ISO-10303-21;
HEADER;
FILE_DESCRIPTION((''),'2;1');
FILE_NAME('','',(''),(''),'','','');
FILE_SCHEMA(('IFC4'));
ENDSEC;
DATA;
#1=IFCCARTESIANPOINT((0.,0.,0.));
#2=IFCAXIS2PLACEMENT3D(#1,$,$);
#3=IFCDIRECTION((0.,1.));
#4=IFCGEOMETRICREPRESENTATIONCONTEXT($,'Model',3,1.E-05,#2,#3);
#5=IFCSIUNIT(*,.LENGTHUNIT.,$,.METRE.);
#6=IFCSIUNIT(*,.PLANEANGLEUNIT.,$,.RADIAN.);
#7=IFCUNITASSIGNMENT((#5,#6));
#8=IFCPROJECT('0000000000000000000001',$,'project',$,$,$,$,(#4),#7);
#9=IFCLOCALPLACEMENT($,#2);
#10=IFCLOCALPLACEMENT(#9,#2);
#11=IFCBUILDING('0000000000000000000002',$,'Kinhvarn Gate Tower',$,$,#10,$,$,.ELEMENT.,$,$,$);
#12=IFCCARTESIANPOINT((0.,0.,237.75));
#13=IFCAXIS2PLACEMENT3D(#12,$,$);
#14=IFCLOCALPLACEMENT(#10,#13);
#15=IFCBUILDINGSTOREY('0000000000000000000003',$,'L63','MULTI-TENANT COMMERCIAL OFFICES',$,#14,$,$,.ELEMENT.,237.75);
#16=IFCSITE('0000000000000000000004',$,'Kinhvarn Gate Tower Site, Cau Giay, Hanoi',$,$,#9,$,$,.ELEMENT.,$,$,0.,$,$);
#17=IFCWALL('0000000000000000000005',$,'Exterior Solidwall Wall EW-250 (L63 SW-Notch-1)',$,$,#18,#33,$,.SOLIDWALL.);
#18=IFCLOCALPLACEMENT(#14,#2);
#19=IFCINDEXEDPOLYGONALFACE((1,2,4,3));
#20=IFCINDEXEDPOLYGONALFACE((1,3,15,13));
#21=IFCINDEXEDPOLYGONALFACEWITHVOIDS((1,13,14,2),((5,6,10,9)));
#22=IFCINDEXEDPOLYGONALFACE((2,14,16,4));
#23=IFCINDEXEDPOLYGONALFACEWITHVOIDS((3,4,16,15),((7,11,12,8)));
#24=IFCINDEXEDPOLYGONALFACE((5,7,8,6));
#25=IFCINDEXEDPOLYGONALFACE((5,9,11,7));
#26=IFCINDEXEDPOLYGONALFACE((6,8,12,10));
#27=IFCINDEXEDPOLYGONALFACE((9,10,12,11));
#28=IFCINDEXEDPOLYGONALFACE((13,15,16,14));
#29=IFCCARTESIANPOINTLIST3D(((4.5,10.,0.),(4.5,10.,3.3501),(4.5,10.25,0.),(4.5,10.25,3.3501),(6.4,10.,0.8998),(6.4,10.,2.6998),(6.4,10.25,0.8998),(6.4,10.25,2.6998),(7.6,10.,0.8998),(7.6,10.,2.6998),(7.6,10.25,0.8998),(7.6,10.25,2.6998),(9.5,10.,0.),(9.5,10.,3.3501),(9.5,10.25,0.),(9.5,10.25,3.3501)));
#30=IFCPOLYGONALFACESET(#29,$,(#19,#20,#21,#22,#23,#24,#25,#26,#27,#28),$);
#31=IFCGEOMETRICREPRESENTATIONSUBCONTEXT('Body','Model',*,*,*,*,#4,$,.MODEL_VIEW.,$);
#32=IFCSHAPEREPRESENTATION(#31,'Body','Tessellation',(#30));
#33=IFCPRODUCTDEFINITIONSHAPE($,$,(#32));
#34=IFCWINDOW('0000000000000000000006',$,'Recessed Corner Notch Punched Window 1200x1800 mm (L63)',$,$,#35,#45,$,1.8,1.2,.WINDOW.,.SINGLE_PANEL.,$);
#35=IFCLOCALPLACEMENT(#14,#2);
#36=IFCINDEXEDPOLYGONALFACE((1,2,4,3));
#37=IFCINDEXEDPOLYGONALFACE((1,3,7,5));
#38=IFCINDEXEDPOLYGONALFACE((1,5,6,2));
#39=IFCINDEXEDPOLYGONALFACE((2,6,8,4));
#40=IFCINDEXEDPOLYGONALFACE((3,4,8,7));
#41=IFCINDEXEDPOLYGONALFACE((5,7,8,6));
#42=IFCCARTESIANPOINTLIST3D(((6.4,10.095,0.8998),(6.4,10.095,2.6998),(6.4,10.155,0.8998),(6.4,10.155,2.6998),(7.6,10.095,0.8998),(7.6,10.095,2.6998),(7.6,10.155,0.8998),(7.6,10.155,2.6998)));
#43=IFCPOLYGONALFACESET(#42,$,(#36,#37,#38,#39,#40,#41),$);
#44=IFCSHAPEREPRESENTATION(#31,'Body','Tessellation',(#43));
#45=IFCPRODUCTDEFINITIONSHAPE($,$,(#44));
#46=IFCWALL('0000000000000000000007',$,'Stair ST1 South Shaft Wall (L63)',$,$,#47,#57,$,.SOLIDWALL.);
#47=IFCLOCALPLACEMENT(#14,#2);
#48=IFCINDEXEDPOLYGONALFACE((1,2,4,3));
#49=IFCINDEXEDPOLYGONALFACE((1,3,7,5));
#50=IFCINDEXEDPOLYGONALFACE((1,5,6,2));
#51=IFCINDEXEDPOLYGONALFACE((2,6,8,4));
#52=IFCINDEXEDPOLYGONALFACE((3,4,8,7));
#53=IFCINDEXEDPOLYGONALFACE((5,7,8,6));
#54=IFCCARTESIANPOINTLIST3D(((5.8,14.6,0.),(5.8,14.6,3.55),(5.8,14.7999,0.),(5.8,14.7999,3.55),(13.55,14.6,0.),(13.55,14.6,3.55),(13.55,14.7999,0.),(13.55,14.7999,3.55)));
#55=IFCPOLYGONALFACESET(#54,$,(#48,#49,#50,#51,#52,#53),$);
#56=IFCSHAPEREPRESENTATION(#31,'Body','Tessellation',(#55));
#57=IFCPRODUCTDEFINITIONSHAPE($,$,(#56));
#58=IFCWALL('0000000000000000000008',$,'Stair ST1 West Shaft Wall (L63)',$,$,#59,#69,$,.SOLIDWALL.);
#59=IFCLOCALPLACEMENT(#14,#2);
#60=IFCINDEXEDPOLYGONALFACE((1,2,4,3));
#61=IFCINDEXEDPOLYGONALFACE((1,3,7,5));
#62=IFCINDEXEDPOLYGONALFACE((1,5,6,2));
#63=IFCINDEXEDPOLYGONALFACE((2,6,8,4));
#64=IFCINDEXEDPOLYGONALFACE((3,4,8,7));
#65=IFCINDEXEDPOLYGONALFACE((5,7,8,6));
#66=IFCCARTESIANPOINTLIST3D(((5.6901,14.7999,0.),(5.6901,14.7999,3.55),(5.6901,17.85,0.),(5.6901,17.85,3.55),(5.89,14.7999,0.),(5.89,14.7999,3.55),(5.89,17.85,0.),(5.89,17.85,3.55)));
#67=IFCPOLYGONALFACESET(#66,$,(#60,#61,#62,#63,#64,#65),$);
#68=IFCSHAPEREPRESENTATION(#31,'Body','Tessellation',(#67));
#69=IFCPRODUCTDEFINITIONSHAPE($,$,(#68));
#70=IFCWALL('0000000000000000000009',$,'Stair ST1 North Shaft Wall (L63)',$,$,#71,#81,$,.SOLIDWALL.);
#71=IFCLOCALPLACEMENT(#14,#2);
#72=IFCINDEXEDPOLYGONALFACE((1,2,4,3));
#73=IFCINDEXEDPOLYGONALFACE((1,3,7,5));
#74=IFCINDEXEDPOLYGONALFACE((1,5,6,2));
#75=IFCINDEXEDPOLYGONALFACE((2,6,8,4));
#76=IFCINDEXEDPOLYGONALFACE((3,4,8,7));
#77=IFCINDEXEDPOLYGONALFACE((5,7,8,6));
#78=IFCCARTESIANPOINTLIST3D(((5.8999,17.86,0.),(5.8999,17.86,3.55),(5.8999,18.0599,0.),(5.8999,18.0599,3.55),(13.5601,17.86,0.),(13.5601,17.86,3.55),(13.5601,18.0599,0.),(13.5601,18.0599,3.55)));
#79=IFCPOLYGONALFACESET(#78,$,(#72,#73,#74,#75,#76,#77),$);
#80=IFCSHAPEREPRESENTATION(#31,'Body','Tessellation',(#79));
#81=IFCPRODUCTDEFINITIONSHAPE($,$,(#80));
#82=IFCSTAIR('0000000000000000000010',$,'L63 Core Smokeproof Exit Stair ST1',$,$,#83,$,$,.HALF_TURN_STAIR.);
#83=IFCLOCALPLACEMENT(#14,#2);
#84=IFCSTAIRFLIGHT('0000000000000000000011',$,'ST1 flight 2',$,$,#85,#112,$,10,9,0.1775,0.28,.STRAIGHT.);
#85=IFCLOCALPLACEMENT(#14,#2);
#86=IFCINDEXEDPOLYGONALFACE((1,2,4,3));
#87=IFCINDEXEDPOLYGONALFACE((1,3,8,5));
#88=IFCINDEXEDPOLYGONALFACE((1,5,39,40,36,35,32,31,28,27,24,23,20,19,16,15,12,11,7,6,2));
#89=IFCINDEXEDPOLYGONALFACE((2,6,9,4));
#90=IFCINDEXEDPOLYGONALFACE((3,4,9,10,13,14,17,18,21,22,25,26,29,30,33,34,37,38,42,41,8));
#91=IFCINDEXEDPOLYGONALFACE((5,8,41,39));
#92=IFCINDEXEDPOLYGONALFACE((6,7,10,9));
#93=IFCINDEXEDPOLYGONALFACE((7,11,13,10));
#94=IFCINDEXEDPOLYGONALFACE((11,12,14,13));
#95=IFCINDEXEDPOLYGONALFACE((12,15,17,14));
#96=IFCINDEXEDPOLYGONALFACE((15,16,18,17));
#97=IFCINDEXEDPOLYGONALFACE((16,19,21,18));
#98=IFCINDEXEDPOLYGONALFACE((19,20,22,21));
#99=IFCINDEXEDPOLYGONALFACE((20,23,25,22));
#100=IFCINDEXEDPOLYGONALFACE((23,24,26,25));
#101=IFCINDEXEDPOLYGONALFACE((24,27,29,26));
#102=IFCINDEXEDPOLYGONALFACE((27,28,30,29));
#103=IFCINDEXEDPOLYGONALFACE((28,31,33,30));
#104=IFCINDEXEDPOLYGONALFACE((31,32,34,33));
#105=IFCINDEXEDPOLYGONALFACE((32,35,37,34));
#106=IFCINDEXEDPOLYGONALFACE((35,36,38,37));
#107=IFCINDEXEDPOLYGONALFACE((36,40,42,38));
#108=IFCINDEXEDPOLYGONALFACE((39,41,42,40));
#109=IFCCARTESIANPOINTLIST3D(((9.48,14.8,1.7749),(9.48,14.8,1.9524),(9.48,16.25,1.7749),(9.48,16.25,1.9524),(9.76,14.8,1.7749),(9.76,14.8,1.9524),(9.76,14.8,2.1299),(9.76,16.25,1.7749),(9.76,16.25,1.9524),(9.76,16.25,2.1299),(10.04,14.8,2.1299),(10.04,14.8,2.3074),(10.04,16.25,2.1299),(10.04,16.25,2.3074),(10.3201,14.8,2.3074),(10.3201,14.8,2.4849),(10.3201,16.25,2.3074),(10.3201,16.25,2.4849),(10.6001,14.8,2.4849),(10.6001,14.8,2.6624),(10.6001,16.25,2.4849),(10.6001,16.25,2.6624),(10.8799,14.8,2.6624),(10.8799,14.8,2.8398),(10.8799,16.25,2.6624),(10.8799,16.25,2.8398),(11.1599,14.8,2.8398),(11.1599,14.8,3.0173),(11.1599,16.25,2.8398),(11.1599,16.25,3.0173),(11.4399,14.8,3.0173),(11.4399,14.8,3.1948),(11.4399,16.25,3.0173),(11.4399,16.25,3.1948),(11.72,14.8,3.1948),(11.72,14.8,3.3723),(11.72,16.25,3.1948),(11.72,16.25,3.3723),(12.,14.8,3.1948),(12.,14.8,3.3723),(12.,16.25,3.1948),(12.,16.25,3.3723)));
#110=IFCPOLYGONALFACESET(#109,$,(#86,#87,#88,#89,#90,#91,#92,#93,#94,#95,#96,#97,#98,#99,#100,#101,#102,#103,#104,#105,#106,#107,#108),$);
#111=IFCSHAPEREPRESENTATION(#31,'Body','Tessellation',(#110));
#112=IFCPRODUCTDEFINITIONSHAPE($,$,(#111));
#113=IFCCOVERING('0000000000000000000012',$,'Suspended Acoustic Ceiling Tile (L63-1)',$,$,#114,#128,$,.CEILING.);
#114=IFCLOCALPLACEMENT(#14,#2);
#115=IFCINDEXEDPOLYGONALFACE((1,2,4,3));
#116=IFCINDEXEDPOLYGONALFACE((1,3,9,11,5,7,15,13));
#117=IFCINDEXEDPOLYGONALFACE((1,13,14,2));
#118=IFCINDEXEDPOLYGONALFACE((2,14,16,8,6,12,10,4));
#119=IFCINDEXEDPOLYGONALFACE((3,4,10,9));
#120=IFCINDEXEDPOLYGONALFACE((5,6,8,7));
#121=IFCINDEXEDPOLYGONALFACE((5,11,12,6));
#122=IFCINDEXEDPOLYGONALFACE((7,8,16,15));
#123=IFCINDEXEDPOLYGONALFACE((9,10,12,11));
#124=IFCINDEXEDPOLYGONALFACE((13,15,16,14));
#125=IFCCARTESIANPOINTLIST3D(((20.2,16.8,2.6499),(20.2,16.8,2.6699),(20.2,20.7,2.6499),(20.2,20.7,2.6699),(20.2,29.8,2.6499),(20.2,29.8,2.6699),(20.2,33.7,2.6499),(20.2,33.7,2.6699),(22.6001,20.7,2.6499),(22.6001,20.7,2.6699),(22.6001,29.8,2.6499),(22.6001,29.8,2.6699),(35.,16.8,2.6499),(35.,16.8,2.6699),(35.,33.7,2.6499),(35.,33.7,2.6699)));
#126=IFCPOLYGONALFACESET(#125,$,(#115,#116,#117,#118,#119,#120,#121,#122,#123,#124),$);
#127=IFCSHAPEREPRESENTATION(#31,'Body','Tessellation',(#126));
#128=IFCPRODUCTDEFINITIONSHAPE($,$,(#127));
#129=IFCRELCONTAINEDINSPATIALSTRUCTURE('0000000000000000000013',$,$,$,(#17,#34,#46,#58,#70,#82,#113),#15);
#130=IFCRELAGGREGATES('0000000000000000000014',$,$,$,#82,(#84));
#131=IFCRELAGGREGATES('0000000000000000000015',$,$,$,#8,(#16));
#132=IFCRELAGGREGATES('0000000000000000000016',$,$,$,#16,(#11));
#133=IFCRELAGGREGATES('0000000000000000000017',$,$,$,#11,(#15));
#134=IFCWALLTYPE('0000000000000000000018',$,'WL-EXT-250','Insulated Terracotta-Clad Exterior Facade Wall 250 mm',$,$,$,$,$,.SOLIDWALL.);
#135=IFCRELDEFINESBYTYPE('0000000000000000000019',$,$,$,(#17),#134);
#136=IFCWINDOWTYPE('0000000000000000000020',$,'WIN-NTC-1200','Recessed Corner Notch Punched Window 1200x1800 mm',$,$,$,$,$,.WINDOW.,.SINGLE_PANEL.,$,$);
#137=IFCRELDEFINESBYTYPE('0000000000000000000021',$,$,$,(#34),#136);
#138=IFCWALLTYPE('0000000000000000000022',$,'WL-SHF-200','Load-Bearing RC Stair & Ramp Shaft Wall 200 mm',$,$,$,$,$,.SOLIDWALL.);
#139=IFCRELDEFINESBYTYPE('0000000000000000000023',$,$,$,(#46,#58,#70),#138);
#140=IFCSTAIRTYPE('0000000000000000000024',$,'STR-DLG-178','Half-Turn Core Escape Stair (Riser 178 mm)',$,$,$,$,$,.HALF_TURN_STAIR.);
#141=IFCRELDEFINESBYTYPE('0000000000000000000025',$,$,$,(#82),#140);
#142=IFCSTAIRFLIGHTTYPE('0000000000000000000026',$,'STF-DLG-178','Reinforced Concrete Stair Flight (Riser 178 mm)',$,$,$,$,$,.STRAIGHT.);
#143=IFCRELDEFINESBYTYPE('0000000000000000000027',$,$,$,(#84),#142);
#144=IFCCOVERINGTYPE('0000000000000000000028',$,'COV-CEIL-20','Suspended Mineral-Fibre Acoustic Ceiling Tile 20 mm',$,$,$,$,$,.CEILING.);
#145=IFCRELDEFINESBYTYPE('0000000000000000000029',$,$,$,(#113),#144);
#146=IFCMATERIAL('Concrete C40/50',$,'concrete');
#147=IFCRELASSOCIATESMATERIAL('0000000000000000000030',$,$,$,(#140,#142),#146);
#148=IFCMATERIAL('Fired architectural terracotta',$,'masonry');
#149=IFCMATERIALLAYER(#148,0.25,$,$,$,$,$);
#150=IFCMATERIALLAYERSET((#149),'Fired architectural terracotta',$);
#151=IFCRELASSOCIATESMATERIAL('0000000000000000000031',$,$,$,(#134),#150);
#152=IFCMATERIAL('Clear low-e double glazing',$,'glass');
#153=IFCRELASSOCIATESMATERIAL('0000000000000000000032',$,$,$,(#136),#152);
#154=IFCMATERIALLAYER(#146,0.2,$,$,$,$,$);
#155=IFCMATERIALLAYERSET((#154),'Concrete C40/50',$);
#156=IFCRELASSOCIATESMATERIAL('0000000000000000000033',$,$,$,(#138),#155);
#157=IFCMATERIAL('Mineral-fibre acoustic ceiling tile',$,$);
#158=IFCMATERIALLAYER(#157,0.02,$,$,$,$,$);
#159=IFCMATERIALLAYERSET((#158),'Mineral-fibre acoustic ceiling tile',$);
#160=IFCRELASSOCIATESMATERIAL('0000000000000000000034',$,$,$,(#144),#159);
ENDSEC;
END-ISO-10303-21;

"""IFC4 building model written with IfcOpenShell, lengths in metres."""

from ifc_helpers import new_model, si_unit, direction, frame, frame_2d, origin, place, context, subcontext, project, spatial, polyline, rectangle, outline, extrude, material, layer, layer_set, type_object, element, fill, aggregate, save


model = new_model("IFC4")

# Units and contexts
model_context = context("Model", 3, precision=1e-05, world=origin(), true_north=direction((0.0, 1.0)))
body_context = subcontext(model_context, "Body", "Model", "MODEL_VIEW")
ifc_project = project(units=[si_unit("LENGTHUNIT", "METRE"), si_unit("PLANEANGLEUNIT", "RADIAN")], contexts=[model_context])

# Site, building, storey
site_placement = place(None, origin())
site = spatial("IfcSite", under=ifc_project, at=site_placement, Name="Kinhvarn Gate Tower Site, Cau Giay, Hanoi", CompositionType="ELEMENT", RefElevation=0.0)
building_placement = place(site_placement, origin())
building = spatial("IfcBuilding", under=site, at=building_placement, Name="Kinhvarn Gate Tower", CompositionType="ELEMENT")
storey_placement = place(building_placement, frame((0.0, 0.0, 237.75)))
storey = spatial("IfcBuildingStorey", under=building, at=storey_placement, Name="L63", Description="MULTI-TENANT COMMERCIAL OFFICES", CompositionType="ELEMENT", Elevation=237.75)

# Shared definitions
ifc_material_1 = material(Name="Concrete C40/50", Category="concrete")
stair_type = type_object("IfcStairType", Name="STR-DLG-178", Description="Half-Turn Core Escape Stair (Riser 178 mm)", PredefinedType="HALF_TURN_STAIR", material=ifc_material_1)

# Wall, opening, window
ifc_material_2 = material(Name="Fired architectural terracotta", Category="masonry")
ifc_layer_1 = layer(ifc_material_2, 0.25)
ifc_layer_set_1 = layer_set([ifc_layer_1], Name="Fired architectural terracotta")
wall_type_1 = type_object("IfcWallType", Name="WL-EXT-250", Description="Insulated Terracotta-Clad Exterior Facade Wall 250 mm", PredefinedType="SOLIDWALL", material=ifc_layer_set_1)
ifc_material_3 = material(Name="Clear low-e double glazing", Category="glass")
wall_1_placement = place(storey_placement, frame((4.5, 10.125, 0.0), z_axis=(0.0, 0.0, 1.0), x_axis=(1.0, 0.0, 0.0)))
wall_1 = element("IfcWall", 1, at=wall_1_placement, inside=storey, type_object=wall_type_1, Name="Exterior Solidwall Wall EW-250 (L63 SW-Notch-1)", PredefinedType="SOLIDWALL", context=body_context, shape_type="SweptSolid", body=[
    extrude(rectangle(XDim=5.0, YDim=0.25, at=frame_2d((2.5, 0.0))), origin(), (0.0, 0.0, 1.0), 3.3501),
])
opening_1_placement = place(wall_1_placement, frame((1.8999, 0.0, 0.8999)))
opening_1 = element("IfcOpeningElement", 2, at=opening_1_placement, cuts=wall_1, PredefinedType="OPENING", context=body_context, shape_type="SweptSolid", body=[
    extrude(rectangle(XDim=1.2, YDim=1.8, at=frame_2d((0.6001, 0.8999))), frame((0.0, 0.135, 0.0), z_axis=(0.0, -1.0, 0.0), x_axis=(1.0, 0.0, 0.0)), (0.0, 0.0, 1.0), 0.27),
])
window_type_1 = type_object("IfcWindowType", Name="WIN-NTC-1200", Description="Recessed Corner Notch Punched Window 1200x1800 mm", PartitioningType="SINGLE_PANEL", PredefinedType="WINDOW", material=ifc_material_3)
window_1_placement = place(opening_1_placement, origin())
window_1 = element("IfcWindow", 3, at=window_1_placement, inside=storey, type_object=window_type_1, Name="Recessed Corner Notch Punched Window 1200x1800 mm (L63)", OverallHeight=1.8, OverallWidth=1.2, PartitioningType="SINGLE_PANEL", PredefinedType="WINDOW", context=body_context, shape_type="SweptSolid", body=[
    extrude(rectangle(XDim=1.2, YDim=1.8, at=frame_2d((0.6001, 0.8999))), frame((0.0, 0.03, 0.0), z_axis=(0.0, -1.0, 0.0), x_axis=(1.0, 0.0, 0.0)), (0.0, 0.0, 1.0), 0.0601),
])
fill(opening_1, window_1)

# Walls
ifc_layer_2 = layer(ifc_material_1, 0.2)
ifc_layer_set_2 = layer_set([ifc_layer_2], Name="Concrete C40/50")
wall_type_2 = type_object("IfcWallType", Name="WL-SHF-200", Description="Load-Bearing RC Stair & Ramp Shaft Wall 200 mm", PredefinedType="SOLIDWALL", material=ifc_layer_set_2)
wall_2_placement = place(storey_placement, frame((5.8, 14.7, 0.0), z_axis=(0.0, 0.0, 1.0), x_axis=(1.0, 0.0, 0.0)))
element("IfcWall", 4, at=wall_2_placement, inside=storey, type_object=wall_type_2, Name="Stair ST1 South Shaft Wall (L63)", PredefinedType="SOLIDWALL", context=body_context, shape_type="SweptSolid", body=[
    extrude(rectangle(XDim=7.75, YDim=0.2, at=frame_2d((3.875, 0.0))), origin(), (0.0, 0.0, 1.0), 3.55),
])
wall_3_placement = place(storey_placement, frame((5.79, 14.8, 0.0), z_axis=(0.0, 0.0, 1.0), x_axis=(0.0, 1.0, 0.0)))
element("IfcWall", 5, at=wall_3_placement, inside=storey, type_object=wall_type_2, Name="Stair ST1 West Shaft Wall (L63)", PredefinedType="SOLIDWALL", context=body_context, shape_type="SweptSolid", body=[
    extrude(rectangle(XDim=3.05, YDim=0.2, at=frame_2d((1.5249, 0.0))), origin(), (0.0, 0.0, 1.0), 3.55),
])
wall_4_placement = place(storey_placement, frame((5.8999, 17.96, 0.0), z_axis=(0.0, 0.0, 1.0), x_axis=(1.0, 0.0, 0.0)))
element("IfcWall", 6, at=wall_4_placement, inside=storey, type_object=wall_type_2, Name="Stair ST1 North Shaft Wall (L63)", PredefinedType="SOLIDWALL", context=body_context, shape_type="SweptSolid", body=[
    extrude(rectangle(XDim=7.6602, YDim=0.2, at=frame_2d((3.8301, 0.0))), origin(), (0.0, 0.0, 1.0), 3.55),
])

# Stair, stair flight
stair_1_placement = place(storey_placement, origin())
stair_1 = element("IfcStair", 7, at=stair_1_placement, inside=storey, type_object=stair_type, Name="L63 Core Smokeproof Exit Stair ST1", PredefinedType="HALF_TURN_STAIR")
stair_flight_type = type_object("IfcStairFlightType", Name="STF-DLG-178", Description="Reinforced Concrete Stair Flight (Riser 178 mm)", PredefinedType="STRAIGHT", material=ifc_material_1)
stair_flight_placement = place(storey_placement, frame((9.48, 15.5249, 1.7749), z_axis=(0.0, 0.0, 1.0), x_axis=(1.0, 0.0, 0.0)))
stair_flight = element("IfcStairFlight", 8, at=stair_flight_placement, type_object=stair_flight_type, Name="ST1 flight 2", NumberOfRisers=10, NumberOfTreads=9, PredefinedType="STRAIGHT", RiserHeight=0.1775, TreadLength=0.28, context=body_context, shape_type="SweptSolid", body=[
    extrude(outline(polyline([(0.0, 0.0), (0.0, 0.1775), (0.28, 0.1775), (0.28, 0.355), (0.5601, 0.355), (0.5601, 0.5325), (0.8401, 0.5325), (0.8401, 0.71), (1.1201, 0.71), (1.1201, 0.8875), (1.3999, 0.8875), (1.3999, 1.0649), (1.6799, 1.0649), (1.6799, 1.2424), (1.96, 1.2424), (1.96, 1.4199), (2.24, 1.4199), (2.24, 1.5974), (2.52, 1.5974), (2.52, 1.7749), (2.52, 1.4199), (0.28, 0.0), (0.0, 0.0)])), frame((0.0, 0.7251, 0.0), z_axis=(0.0, -1.0, 0.0), x_axis=(1.0, 0.0, 0.0)), (0.0, 0.0, 1.0), 1.45),
])
aggregate(stair_1, [stair_flight])

# Covering
ifc_material_4 = material(Name="Mineral-fibre acoustic ceiling tile")
ifc_layer_3 = layer(ifc_material_4, 0.02)
ifc_layer_set_3 = layer_set([ifc_layer_3], Name="Mineral-fibre acoustic ceiling tile")
covering_type = type_object("IfcCoveringType", Name="COV-CEIL-20", Description="Suspended Mineral-Fibre Acoustic Ceiling Tile 20 mm", PredefinedType="CEILING", material=ifc_layer_set_3)
covering_placement = place(storey_placement, frame((0.0, 0.0, 2.6499)))
element("IfcCovering", 9, at=covering_placement, inside=storey, type_object=covering_type, Name="Suspended Acoustic Ceiling Tile (L63-1)", PredefinedType="CEILING", context=body_context, shape_type="SweptSolid", body=[
    extrude(outline(polyline([(35.0, 33.7), (35.0, 16.8), (20.2, 16.8), (20.2, 20.7), (22.6001, 20.7), (22.6001, 29.8), (20.2, 29.8), (20.2, 33.7), (35.0, 33.7)])), origin(), (0.0, 0.0, 1.0), 0.02),
])

save(model, "model.ifc")
